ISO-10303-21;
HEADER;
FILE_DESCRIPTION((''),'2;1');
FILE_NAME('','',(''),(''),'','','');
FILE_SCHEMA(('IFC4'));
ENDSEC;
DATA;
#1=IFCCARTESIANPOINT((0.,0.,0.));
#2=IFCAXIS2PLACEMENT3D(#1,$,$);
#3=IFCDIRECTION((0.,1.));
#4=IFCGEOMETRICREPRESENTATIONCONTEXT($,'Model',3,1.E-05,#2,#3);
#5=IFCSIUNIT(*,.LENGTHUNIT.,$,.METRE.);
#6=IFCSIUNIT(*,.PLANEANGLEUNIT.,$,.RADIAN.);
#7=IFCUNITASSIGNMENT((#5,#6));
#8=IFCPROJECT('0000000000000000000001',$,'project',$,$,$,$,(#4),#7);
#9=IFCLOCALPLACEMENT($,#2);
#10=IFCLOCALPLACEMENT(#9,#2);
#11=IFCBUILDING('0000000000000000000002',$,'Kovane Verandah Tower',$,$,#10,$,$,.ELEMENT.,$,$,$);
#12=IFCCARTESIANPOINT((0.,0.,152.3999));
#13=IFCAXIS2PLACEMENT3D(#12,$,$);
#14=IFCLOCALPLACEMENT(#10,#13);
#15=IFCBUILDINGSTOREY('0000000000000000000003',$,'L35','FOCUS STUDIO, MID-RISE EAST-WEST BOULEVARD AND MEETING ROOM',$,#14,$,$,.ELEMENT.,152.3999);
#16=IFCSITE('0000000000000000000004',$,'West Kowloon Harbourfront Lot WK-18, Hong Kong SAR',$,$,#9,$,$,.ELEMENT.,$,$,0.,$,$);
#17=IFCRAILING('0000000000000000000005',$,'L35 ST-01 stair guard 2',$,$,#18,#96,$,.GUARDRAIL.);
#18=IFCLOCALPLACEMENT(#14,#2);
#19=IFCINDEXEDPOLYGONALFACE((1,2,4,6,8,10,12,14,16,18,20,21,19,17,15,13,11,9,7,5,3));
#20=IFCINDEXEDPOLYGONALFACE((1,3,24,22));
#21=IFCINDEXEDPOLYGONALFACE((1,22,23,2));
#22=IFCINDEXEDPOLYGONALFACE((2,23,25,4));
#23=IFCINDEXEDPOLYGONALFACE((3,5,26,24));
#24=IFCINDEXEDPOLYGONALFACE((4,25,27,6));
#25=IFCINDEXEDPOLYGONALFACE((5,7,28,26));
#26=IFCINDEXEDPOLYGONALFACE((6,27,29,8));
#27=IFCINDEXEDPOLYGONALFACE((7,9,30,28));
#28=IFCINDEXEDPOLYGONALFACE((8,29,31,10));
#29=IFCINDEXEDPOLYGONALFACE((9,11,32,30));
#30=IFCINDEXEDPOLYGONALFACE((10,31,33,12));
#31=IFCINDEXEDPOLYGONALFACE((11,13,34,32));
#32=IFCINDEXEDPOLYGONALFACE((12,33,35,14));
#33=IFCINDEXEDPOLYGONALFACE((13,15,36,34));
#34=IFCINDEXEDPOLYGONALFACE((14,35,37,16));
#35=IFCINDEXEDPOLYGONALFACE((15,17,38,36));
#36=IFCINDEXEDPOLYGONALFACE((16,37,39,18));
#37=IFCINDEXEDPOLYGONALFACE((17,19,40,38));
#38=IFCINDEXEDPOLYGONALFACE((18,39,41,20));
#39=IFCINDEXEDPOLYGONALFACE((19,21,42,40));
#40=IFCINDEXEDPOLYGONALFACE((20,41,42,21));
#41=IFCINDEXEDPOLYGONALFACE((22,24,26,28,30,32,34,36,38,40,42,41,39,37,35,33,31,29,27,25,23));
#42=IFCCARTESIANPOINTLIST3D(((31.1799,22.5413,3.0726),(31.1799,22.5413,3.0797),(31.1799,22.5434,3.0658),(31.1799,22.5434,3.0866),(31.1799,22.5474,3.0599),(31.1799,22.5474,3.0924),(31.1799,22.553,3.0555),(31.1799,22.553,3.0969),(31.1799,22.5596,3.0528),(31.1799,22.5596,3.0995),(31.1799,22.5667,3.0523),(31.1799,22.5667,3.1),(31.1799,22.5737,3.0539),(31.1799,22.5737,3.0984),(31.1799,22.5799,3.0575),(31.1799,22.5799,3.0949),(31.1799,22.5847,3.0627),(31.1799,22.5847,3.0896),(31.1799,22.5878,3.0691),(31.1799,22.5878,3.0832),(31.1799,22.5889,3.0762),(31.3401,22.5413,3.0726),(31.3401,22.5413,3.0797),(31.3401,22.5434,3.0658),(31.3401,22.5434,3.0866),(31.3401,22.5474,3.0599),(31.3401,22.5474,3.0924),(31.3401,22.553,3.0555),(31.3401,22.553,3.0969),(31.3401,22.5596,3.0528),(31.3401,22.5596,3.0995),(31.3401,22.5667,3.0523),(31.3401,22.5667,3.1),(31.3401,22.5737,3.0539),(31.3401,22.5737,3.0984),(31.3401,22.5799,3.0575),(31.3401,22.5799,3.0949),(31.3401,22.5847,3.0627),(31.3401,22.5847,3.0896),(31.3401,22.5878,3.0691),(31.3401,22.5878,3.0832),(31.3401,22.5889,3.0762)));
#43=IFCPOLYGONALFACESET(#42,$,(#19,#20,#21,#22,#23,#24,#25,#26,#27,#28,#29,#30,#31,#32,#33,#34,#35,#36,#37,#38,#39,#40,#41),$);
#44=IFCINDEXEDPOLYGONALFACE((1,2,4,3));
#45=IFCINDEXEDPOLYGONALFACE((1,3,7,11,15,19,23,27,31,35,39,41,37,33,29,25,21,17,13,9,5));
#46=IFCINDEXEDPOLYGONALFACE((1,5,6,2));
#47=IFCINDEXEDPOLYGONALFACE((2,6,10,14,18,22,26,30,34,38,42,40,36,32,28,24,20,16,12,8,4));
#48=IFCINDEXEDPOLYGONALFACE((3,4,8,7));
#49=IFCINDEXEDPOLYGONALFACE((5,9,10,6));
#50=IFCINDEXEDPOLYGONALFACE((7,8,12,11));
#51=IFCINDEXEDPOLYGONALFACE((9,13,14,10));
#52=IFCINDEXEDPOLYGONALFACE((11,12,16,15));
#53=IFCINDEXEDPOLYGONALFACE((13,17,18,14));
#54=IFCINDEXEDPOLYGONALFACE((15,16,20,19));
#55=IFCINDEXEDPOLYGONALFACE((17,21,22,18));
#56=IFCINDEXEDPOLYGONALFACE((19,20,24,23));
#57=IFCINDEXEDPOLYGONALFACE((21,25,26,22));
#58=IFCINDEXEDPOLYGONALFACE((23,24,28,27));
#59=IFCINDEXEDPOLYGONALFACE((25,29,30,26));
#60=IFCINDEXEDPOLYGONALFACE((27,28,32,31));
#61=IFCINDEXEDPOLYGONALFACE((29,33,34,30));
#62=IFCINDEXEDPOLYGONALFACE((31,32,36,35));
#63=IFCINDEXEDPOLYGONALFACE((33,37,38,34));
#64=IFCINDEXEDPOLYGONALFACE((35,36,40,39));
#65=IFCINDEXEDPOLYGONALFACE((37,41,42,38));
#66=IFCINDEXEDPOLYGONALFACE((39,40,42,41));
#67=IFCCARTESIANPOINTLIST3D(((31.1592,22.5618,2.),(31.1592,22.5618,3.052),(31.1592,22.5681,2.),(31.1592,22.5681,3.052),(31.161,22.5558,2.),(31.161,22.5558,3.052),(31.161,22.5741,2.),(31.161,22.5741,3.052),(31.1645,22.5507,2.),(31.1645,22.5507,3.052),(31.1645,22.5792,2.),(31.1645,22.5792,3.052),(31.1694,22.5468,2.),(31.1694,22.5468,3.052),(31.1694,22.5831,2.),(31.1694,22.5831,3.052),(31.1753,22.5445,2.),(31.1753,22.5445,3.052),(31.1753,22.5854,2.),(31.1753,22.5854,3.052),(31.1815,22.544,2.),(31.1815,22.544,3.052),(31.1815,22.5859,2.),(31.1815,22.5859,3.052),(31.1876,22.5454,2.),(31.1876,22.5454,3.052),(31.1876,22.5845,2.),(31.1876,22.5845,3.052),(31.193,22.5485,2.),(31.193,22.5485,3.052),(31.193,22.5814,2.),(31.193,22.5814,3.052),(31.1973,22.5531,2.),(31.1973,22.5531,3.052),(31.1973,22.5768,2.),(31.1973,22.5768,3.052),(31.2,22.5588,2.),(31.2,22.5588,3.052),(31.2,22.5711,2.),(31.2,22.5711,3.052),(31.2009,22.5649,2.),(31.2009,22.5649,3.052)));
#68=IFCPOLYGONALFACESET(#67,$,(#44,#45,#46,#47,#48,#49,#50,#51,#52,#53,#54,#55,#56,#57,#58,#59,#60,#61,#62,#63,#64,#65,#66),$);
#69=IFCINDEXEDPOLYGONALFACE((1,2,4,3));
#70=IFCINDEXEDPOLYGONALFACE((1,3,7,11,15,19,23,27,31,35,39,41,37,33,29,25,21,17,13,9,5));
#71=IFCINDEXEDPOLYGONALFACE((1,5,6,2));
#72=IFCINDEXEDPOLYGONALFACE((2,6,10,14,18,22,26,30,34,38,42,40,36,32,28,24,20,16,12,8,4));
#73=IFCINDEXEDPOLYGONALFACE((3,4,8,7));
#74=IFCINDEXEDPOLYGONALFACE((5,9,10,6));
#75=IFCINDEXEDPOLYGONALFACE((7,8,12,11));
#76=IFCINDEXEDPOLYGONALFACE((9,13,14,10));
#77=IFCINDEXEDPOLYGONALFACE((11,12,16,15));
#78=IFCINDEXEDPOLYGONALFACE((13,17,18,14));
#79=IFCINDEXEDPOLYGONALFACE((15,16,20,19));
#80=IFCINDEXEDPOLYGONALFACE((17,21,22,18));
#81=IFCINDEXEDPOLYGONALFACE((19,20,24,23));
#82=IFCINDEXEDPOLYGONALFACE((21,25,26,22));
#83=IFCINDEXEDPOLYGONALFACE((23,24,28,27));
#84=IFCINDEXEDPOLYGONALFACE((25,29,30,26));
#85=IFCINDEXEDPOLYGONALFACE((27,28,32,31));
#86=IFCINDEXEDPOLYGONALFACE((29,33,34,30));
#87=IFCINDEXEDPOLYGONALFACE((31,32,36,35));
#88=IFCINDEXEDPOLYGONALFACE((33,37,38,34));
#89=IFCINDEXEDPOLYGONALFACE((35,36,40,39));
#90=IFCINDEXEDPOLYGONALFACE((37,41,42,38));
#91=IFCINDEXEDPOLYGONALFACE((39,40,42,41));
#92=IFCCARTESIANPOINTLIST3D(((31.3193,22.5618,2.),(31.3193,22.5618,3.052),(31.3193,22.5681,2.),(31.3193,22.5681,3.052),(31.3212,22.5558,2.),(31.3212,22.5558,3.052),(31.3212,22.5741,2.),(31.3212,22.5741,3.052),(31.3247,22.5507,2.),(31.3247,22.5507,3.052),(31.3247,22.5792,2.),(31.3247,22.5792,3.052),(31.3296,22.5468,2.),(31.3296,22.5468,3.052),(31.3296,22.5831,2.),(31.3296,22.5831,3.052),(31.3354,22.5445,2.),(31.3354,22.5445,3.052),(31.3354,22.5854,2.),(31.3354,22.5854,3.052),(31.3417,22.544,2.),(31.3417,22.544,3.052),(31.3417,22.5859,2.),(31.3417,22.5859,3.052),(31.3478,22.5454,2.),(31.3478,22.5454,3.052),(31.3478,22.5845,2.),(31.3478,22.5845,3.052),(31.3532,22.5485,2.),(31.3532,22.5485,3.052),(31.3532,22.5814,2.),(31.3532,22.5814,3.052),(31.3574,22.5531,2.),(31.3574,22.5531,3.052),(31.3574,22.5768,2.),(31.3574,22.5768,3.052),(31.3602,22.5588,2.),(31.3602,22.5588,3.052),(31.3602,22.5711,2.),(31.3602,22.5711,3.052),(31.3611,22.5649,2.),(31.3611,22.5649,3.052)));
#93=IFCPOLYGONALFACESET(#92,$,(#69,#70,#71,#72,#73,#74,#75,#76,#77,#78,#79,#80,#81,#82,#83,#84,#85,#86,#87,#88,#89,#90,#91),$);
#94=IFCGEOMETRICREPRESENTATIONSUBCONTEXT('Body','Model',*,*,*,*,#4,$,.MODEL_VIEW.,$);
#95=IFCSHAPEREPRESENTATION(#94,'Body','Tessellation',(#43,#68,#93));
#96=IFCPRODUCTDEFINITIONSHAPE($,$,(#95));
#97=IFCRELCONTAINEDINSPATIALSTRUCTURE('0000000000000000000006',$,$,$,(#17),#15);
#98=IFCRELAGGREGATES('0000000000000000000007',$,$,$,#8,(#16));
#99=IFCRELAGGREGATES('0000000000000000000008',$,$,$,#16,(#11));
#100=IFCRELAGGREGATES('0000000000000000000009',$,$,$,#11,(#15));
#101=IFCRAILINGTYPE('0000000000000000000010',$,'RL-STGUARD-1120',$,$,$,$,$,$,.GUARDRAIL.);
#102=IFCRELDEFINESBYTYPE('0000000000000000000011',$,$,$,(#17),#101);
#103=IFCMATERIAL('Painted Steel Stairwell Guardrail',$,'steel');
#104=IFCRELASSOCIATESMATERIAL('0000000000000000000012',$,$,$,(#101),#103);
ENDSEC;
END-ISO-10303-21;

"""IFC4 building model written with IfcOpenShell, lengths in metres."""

from ifc_helpers import new_model, si_unit, direction, frame, origin, origin_2d, place, context, subcontext, project, spatial, circle, extrude, material, type_object, element, save


model = new_model("IFC4")

# Units and contexts
model_context = context("Model", 3, precision=1e-05, world=origin(), true_north=direction((0.0, 1.0)))
body_context = subcontext(model_context, "Body", "Model", "MODEL_VIEW")
ifc_project = project(units=[si_unit("LENGTHUNIT", "METRE"), si_unit("PLANEANGLEUNIT", "RADIAN")], contexts=[model_context])

# Site, building, storey
site_placement = place(None, origin())
site = spatial("IfcSite", under=ifc_project, at=site_placement, Name="West Kowloon Harbourfront Lot WK-18, Hong Kong SAR", CompositionType="ELEMENT", RefElevation=0.0)
building_placement = place(site_placement, origin())
building = spatial("IfcBuilding", under=site, at=building_placement, Name="Kovane Verandah Tower", CompositionType="ELEMENT")
storey_placement = place(building_placement, frame((0.0, 0.0, 152.3999)))
storey = spatial("IfcBuildingStorey", under=building, at=storey_placement, Name="L35", Description="FOCUS STUDIO, MID-RISE EAST-WEST BOULEVARD AND MEETING ROOM", CompositionType="ELEMENT", Elevation=152.3999)

# Railing
ifc_material_1 = material(Name="Painted Steel Stairwell Guardrail", Category="steel")
railing_type_1 = type_object("IfcRailingType", Name="RL-STGUARD-1120", PredefinedType="GUARDRAIL", material=ifc_material_1)
railing_1_placement = place(storey_placement, frame((31.1799, 22.5649, 2.0)))
element("IfcRailing", 1, at=railing_1_placement, inside=storey, type_object=railing_type_1, Name="L35 ST-01 stair guard 2", PredefinedType="GUARDRAIL", context=body_context, shape_type="SweptSolid", body=[
    extrude(circle(Radius=0.0239, at=origin_2d()), frame((0.0, 0.0, 1.0762), z_axis=(1.0, 0.0, 0.0), x_axis=(0.0, 1.0, 0.0)), (0.0, 0.0, 1.0), 0.1602),
    extrude(circle(Radius=0.021, at=origin_2d()), origin(), (0.0, 0.0, 1.0), 1.052),
    extrude(circle(Radius=0.021, at=origin_2d()), frame((0.1602, 0.0, 0.0)), (0.0, 0.0, 1.0), 1.052),
])

save(model, "model.ifc")
